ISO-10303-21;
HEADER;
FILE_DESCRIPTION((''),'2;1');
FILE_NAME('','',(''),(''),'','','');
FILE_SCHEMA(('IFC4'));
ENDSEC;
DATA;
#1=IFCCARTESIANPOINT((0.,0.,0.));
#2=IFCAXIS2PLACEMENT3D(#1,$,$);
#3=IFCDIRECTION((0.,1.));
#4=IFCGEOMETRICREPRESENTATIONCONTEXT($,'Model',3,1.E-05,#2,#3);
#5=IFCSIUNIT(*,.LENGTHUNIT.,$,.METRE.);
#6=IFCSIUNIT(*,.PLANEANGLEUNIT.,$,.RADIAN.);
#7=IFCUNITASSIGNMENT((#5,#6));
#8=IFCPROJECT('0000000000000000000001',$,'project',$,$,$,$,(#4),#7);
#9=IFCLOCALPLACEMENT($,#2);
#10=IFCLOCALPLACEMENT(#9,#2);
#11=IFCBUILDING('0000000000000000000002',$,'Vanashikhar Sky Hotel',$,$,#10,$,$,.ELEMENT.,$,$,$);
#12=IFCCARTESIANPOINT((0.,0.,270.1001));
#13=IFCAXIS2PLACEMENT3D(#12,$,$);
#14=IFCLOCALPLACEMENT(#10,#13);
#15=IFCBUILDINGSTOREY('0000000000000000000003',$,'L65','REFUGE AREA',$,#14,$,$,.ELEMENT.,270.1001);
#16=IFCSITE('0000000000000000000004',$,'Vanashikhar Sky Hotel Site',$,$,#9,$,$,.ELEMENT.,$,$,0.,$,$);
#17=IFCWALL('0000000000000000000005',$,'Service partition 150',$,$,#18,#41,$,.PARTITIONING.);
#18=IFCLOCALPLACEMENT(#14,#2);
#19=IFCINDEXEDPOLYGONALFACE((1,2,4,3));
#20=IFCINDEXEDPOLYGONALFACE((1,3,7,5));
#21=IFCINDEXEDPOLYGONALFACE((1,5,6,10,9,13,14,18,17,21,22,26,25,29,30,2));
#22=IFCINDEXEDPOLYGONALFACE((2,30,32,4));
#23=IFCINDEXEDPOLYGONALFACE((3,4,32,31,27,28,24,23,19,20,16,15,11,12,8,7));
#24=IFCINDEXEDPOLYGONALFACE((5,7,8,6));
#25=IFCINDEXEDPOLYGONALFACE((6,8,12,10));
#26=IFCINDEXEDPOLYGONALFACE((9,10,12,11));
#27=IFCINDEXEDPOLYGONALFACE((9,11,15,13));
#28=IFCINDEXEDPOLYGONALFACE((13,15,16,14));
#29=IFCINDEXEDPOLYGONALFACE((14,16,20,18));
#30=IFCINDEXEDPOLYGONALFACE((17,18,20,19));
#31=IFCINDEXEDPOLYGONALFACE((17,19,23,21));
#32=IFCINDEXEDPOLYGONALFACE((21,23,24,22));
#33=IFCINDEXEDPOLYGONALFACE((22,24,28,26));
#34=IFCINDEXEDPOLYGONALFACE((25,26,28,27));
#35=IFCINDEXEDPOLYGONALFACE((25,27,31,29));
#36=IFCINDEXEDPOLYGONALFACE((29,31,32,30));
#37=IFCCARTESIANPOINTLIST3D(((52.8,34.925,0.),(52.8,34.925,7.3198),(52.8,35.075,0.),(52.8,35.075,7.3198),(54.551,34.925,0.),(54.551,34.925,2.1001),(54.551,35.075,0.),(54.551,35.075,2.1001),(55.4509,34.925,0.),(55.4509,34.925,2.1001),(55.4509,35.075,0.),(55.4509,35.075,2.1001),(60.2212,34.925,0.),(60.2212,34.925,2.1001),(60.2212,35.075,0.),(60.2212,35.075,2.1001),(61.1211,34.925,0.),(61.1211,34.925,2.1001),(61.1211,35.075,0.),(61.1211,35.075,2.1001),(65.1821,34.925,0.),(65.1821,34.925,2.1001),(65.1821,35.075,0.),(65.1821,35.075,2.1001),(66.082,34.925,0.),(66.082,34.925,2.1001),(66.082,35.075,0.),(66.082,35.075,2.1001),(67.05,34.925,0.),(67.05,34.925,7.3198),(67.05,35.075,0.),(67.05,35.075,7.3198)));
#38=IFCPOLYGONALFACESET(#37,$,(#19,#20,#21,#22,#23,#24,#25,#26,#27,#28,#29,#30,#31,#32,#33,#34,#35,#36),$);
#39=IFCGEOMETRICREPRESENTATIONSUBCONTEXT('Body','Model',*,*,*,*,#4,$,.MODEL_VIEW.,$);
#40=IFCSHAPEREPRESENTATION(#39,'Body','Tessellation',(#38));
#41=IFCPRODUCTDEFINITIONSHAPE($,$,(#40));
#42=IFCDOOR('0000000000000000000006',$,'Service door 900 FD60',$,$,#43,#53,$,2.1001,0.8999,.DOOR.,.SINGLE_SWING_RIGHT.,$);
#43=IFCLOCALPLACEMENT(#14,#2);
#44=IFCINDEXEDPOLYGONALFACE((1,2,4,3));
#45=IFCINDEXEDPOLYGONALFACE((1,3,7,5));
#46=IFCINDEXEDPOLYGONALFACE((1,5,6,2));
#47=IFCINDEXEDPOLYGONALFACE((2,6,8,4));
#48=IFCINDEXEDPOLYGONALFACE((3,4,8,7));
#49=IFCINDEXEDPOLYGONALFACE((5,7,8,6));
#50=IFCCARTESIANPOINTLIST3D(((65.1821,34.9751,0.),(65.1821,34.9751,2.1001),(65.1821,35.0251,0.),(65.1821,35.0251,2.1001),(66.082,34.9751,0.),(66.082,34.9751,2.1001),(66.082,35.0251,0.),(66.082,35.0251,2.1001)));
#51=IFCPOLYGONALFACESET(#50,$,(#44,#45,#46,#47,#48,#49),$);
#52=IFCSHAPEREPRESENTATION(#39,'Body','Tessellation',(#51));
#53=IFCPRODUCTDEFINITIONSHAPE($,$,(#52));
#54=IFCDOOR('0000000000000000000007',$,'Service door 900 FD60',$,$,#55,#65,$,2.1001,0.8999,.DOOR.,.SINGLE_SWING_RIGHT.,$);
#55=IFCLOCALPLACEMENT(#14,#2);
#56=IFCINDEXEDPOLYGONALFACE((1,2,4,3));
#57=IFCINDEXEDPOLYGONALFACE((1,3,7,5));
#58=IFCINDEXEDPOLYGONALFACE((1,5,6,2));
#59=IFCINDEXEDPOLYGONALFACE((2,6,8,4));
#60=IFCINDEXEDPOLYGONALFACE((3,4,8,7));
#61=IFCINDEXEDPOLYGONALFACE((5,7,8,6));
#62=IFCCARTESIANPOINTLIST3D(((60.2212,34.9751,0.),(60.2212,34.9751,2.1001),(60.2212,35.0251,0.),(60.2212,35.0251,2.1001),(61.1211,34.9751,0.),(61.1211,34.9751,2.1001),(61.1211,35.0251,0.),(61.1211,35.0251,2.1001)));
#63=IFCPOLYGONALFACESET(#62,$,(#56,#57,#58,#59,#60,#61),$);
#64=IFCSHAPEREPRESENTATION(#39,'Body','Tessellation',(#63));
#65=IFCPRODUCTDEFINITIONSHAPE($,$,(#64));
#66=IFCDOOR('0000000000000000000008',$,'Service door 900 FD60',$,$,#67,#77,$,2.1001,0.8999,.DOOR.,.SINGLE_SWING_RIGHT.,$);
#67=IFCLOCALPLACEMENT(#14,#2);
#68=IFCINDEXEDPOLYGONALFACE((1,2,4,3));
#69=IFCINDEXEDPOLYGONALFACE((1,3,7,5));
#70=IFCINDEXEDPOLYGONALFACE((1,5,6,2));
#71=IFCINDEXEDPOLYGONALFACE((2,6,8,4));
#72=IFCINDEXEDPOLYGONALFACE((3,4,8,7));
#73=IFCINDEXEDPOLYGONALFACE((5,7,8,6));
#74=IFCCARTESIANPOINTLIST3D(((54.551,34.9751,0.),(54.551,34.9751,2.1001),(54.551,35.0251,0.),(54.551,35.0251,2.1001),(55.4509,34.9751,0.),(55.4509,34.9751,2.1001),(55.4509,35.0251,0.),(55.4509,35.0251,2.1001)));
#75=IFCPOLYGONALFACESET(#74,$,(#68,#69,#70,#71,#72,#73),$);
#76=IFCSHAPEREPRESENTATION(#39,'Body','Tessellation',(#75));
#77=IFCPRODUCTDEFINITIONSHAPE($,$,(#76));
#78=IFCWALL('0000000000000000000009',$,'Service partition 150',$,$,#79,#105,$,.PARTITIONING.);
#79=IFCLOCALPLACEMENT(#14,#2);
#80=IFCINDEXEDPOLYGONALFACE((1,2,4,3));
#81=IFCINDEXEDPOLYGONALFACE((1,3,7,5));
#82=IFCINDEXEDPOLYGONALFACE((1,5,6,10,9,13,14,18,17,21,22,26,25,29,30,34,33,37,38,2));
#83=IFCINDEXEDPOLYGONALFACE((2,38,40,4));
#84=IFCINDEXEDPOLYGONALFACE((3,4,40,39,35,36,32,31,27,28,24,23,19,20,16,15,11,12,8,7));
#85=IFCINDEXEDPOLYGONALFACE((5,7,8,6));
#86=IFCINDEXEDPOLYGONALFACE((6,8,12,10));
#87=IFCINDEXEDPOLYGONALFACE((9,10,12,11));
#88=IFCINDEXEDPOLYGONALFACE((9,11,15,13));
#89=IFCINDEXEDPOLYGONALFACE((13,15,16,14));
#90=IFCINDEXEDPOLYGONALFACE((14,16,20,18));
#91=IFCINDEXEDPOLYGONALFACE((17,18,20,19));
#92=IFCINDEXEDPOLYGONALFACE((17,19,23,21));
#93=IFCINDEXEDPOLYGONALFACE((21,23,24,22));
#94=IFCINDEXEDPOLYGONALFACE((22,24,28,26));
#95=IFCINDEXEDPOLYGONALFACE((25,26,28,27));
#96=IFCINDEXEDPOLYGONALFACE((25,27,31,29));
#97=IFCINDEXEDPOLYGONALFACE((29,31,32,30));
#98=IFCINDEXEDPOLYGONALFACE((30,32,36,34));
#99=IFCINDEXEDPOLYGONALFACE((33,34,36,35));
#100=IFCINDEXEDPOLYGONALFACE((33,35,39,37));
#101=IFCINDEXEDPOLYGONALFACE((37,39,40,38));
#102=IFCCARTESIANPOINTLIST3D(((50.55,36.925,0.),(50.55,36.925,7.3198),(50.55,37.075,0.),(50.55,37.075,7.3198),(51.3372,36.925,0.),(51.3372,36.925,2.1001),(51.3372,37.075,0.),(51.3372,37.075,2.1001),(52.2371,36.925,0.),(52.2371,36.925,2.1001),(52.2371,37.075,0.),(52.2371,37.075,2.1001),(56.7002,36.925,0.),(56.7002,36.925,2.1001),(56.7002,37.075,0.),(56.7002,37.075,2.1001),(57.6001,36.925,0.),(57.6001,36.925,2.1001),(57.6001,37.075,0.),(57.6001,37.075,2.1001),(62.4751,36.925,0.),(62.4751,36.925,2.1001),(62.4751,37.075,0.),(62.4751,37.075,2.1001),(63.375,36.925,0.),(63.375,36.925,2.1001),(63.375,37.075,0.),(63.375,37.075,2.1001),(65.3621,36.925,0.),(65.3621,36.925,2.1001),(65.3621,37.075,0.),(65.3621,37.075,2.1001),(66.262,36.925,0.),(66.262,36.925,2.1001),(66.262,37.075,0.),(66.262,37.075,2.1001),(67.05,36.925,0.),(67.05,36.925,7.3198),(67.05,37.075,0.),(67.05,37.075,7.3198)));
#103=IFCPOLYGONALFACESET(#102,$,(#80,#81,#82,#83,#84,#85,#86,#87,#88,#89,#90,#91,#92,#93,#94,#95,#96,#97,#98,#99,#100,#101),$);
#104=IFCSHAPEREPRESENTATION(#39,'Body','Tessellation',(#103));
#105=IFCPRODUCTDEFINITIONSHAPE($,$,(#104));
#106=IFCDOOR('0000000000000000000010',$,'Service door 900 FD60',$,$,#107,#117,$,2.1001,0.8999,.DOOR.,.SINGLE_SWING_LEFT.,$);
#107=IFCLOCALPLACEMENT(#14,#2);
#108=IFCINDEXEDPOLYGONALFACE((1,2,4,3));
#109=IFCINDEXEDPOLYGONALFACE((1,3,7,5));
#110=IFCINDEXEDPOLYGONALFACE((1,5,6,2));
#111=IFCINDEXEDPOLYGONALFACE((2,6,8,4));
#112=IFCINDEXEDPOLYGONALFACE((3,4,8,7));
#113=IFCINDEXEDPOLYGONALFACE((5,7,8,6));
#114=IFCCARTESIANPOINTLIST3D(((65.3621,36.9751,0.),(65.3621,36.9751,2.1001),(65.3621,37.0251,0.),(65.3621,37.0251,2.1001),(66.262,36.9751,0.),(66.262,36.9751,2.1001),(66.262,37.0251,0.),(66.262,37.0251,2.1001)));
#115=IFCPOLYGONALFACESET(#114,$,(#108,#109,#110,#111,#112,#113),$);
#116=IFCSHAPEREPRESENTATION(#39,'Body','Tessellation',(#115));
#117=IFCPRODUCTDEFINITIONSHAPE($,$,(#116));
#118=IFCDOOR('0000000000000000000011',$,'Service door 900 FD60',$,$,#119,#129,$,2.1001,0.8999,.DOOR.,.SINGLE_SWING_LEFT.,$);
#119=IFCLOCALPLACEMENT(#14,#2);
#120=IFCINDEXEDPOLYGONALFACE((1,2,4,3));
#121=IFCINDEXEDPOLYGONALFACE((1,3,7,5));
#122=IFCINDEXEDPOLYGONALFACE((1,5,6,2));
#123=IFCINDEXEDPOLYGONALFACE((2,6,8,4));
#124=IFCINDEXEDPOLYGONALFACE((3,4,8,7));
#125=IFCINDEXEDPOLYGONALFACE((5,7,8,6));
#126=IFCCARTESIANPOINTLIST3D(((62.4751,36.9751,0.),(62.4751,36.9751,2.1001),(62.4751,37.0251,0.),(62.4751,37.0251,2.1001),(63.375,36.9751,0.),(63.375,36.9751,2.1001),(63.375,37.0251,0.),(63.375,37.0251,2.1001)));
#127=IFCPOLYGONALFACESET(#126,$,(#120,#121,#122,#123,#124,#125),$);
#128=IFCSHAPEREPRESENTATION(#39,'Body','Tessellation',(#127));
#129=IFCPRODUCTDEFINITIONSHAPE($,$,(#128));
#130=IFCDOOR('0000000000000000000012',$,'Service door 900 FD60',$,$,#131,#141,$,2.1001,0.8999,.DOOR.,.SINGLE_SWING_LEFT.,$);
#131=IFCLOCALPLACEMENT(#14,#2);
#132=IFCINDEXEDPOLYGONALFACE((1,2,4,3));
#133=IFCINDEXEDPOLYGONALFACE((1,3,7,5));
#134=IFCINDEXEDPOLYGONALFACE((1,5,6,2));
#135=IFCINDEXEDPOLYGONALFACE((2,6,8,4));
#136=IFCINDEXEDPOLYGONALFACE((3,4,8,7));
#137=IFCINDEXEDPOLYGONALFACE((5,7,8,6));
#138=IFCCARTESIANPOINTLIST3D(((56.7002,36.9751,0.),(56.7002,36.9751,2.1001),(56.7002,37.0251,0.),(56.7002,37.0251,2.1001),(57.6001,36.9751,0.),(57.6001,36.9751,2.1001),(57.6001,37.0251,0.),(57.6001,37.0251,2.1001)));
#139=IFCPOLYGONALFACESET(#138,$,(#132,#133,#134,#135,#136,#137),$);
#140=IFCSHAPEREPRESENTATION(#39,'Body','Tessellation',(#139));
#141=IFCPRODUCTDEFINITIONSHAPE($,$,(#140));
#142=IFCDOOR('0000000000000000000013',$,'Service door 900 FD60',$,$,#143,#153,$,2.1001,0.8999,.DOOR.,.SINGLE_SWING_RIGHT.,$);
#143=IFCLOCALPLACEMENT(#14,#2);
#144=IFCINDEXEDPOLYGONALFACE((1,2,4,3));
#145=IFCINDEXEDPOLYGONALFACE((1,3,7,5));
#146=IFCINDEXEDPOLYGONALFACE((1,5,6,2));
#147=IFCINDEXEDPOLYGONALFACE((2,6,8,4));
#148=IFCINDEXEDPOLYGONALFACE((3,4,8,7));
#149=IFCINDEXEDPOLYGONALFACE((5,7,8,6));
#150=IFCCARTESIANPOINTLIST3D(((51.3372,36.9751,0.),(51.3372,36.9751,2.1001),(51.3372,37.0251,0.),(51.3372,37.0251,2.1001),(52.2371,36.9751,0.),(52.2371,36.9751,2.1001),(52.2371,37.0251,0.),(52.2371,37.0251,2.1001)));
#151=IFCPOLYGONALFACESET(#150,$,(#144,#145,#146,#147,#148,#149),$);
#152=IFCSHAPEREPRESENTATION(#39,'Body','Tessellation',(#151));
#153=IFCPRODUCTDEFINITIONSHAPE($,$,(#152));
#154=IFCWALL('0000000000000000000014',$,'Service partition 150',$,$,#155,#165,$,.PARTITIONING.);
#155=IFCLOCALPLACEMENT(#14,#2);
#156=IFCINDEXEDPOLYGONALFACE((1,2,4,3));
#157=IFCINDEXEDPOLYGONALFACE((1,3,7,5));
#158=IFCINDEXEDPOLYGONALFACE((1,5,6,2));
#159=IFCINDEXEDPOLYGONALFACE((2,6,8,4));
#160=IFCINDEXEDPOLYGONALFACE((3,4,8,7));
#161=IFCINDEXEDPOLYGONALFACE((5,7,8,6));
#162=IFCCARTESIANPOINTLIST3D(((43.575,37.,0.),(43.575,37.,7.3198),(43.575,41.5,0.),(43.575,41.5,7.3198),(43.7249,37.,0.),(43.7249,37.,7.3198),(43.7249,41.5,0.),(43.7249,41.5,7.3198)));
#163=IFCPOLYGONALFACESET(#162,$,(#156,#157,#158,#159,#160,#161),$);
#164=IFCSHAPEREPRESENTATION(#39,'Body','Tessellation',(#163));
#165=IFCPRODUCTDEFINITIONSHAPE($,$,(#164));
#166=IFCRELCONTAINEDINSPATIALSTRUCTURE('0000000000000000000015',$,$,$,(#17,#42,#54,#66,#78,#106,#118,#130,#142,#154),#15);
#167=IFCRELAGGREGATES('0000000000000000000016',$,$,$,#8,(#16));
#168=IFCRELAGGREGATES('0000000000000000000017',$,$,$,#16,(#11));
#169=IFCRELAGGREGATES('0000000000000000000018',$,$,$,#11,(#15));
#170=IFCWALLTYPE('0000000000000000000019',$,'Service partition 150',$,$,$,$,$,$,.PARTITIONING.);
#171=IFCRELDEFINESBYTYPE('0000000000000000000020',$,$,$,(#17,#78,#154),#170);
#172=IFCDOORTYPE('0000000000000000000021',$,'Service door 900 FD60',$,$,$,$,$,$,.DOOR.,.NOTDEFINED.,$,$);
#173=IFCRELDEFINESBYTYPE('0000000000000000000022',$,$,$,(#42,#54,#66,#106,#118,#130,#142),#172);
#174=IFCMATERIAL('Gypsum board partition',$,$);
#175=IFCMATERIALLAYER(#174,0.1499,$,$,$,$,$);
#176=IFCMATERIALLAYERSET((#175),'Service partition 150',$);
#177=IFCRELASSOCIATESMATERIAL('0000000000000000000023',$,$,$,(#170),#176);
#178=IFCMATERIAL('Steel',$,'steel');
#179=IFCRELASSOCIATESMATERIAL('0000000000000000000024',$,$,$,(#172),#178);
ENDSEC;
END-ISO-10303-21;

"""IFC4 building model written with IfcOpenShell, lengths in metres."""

from ifc_helpers import new_model, si_unit, direction, frame, frame_2d, origin, place, context, subcontext, project, spatial, rectangle, extrude, source, transform, mapped, material, layer, layer_set, type_object, element, fill, save


model = new_model("IFC4")

# Units and contexts
model_context = context("Model", 3, precision=1e-05, world=origin(), true_north=direction((0.0, 1.0)))
body_context = subcontext(model_context, "Body", "Model", "MODEL_VIEW")
ifc_project = project(units=[si_unit("LENGTHUNIT", "METRE"), si_unit("PLANEANGLEUNIT", "RADIAN")], contexts=[model_context])

# Site, building, storey
site_placement = place(None, origin())
site = spatial("IfcSite", under=ifc_project, at=site_placement, Name="Vanashikhar Sky Hotel Site", CompositionType="ELEMENT", RefElevation=0.0)
building_placement = place(site_placement, origin())
building = spatial("IfcBuilding", under=site, at=building_placement, Name="Vanashikhar Sky Hotel", CompositionType="ELEMENT")
storey_placement = place(building_placement, frame((0.0, 0.0, 270.1001)))
storey = spatial("IfcBuildingStorey", under=building, at=storey_placement, Name="L65", Description="REFUGE AREA", CompositionType="ELEMENT", Elevation=270.1001)

# Shared definitions
ifc_material_1 = material(Name="Steel", Category="steel")

# Shared definitions
ifc_material_2 = material(Name="Gypsum board partition")
ifc_layer_1 = layer(ifc_material_2, 0.1499)
ifc_layer_set_1 = layer_set([ifc_layer_1], Name="Service partition 150")
wall_type_1 = type_object("IfcWallType", Name="Service partition 150", PredefinedType="PARTITIONING", material=ifc_layer_set_1)

# Walls, openings, doors
shared_shape_1 = source(origin(), body_context, "Body", "SweptSolid", [
    extrude(rectangle(XDim=14.25, YDim=0.1499, at=frame_2d((7.125, 0.0))), origin(), (0.0, 0.0, 1.0), 7.3198),
])
wall_1_placement = place(storey_placement, frame((67.05, 35.0, 0.0), z_axis=(0.0, 0.0, 1.0), x_axis=(-1.0, 0.0, 0.0)))
wall_1 = element("IfcWall", 1, at=wall_1_placement, inside=storey, type_object=wall_type_1, Name="Service partition 150", PredefinedType="PARTITIONING", context=body_context, shape_type="MappedRepresentation", body=[
    mapped(shared_shape_1, transform((0.0, 0.0, 0.0), scale=1.0)),
])
shared_shape_2 = source(origin(), body_context, "Body", "SweptSolid", [
    extrude(rectangle(XDim=0.8999, YDim=2.1001, at=frame_2d((0.45, 1.05))), frame((0.0, 0.085, 0.0), z_axis=(0.0, -1.0, 0.0), x_axis=(1.0, 0.0, 0.0)), (0.0, 0.0, 1.0), 0.1699),
])
opening_1_placement = place(wall_1_placement, frame((0.968, 0.0, 0.0)))
opening_1 = element("IfcOpeningElement", 2, at=opening_1_placement, cuts=wall_1, PredefinedType="OPENING", context=body_context, shape_type="MappedRepresentation", body=[
    mapped(shared_shape_2, transform((0.0, 0.0, 0.0), scale=1.0)),
])
opening_2_placement = place(wall_1_placement, frame((5.929, 0.0, 0.0)))
opening_2 = element("IfcOpeningElement", 3, at=opening_2_placement, cuts=wall_1, PredefinedType="OPENING", context=body_context, shape_type="MappedRepresentation", body=[
    mapped(shared_shape_2, transform((0.0, 0.0, 0.0), scale=1.0)),
])
opening_3_placement = place(wall_1_placement, frame((11.5991, 0.0, 0.0)))
opening_3 = element("IfcOpeningElement", 4, at=opening_3_placement, cuts=wall_1, PredefinedType="OPENING", context=body_context, shape_type="MappedRepresentation", body=[
    mapped(shared_shape_2, transform((0.0, 0.0, 0.0), scale=1.0)),
])
door_type_1 = type_object("IfcDoorType", Name="Service door 900 FD60", OperationType="NOTDEFINED", PredefinedType="DOOR", material=ifc_material_1)
shared_shape_3 = source(origin(), body_context, "Body", "SweptSolid", [
    extrude(rectangle(XDim=0.8999, YDim=2.1001, at=frame_2d((0.45, 1.05))), frame((0.0, 0.0249, 0.0), z_axis=(0.0, -1.0, 0.0), x_axis=(1.0, 0.0, 0.0)), (0.0, 0.0, 1.0), 0.05),
])
door_1_placement = place(opening_1_placement, origin())
door_1 = element("IfcDoor", 5, at=door_1_placement, inside=storey, type_object=door_type_1, Name="Service door 900 FD60", OperationType="SINGLE_SWING_RIGHT", OverallHeight=2.1001, OverallWidth=0.8999, PredefinedType="DOOR", context=body_context, shape_type="MappedRepresentation", body=[
    mapped(shared_shape_3, transform((0.0, 0.0, 0.0), scale=1.0)),
])
fill(opening_1, door_1)
door_2_placement = place(opening_2_placement, origin())
door_2 = element("IfcDoor", 6, at=door_2_placement, inside=storey, type_object=door_type_1, Name="Service door 900 FD60", OperationType="SINGLE_SWING_RIGHT", OverallHeight=2.1001, OverallWidth=0.8999, PredefinedType="DOOR", context=body_context, shape_type="MappedRepresentation", body=[
    mapped(shared_shape_3, transform((0.0, 0.0, 0.0), scale=1.0)),
])
fill(opening_2, door_2)
door_3_placement = place(opening_3_placement, origin())
door_3 = element("IfcDoor", 7, at=door_3_placement, inside=storey, type_object=door_type_1, Name="Service door 900 FD60", OperationType="SINGLE_SWING_RIGHT", OverallHeight=2.1001, OverallWidth=0.8999, PredefinedType="DOOR", context=body_context, shape_type="MappedRepresentation", body=[
    mapped(shared_shape_3, transform((0.0, 0.0, 0.0), scale=1.0)),
])
fill(opening_3, door_3)
shared_shape_4 = source(origin(), body_context, "Body", "SweptSolid", [
    extrude(rectangle(XDim=16.5, YDim=0.1499, at=frame_2d((8.25, 0.0))), origin(), (0.0, 0.0, 1.0), 7.3198),
])
wall_2_placement = place(storey_placement, frame((67.05, 37.0, 0.0), z_axis=(0.0, 0.0, 1.0), x_axis=(-1.0, 0.0, 0.0)))
wall_2 = element("IfcWall", 8, at=wall_2_placement, inside=storey, type_object=wall_type_1, Name="Service partition 150", PredefinedType="PARTITIONING", context=body_context, shape_type="MappedRepresentation", body=[
    mapped(shared_shape_4, transform((0.0, 0.0, 0.0), scale=1.0)),
])
opening_4_placement = place(wall_2_placement, frame((0.7881, 0.0, 0.0)))
opening_4 = element("IfcOpeningElement", 9, at=opening_4_placement, cuts=wall_2, PredefinedType="OPENING", context=body_context, shape_type="MappedRepresentation", body=[
    mapped(shared_shape_2, transform((0.0, 0.0, 0.0), scale=1.0)),
])
opening_5_placement = place(wall_2_placement, frame((3.675, 0.0, 0.0)))
opening_5 = element("IfcOpeningElement", 10, at=opening_5_placement, cuts=wall_2, PredefinedType="OPENING", context=body_context, shape_type="MappedRepresentation", body=[
    mapped(shared_shape_2, transform((0.0, 0.0, 0.0), scale=1.0)),
])
opening_6_placement = place(wall_2_placement, frame((9.45, 0.0, 0.0)))
opening_6 = element("IfcOpeningElement", 11, at=opening_6_placement, cuts=wall_2, PredefinedType="OPENING", context=body_context, shape_type="MappedRepresentation", body=[
    mapped(shared_shape_2, transform((0.0, 0.0, 0.0), scale=1.0)),
])
opening_7_placement = place(wall_2_placement, frame((14.813, 0.0, 0.0)))
opening_7 = element("IfcOpeningElement", 12, at=opening_7_placement, cuts=wall_2, PredefinedType="OPENING", context=body_context, shape_type="MappedRepresentation", body=[
    mapped(shared_shape_2, transform((0.0, 0.0, 0.0), scale=1.0)),
])
door_4_placement = place(opening_4_placement, origin())
door_4 = element("IfcDoor", 13, at=door_4_placement, inside=storey, type_object=door_type_1, Name="Service door 900 FD60", OperationType="SINGLE_SWING_LEFT", OverallHeight=2.1001, OverallWidth=0.8999, PredefinedType="DOOR", context=body_context, shape_type="MappedRepresentation", body=[
    mapped(shared_shape_3, transform((0.0, 0.0, 0.0), scale=1.0)),
])
fill(opening_4, door_4)
door_5_placement = place(opening_5_placement, origin())
door_5 = element("IfcDoor", 14, at=door_5_placement, inside=storey, type_object=door_type_1, Name="Service door 900 FD60", OperationType="SINGLE_SWING_LEFT", OverallHeight=2.1001, OverallWidth=0.8999, PredefinedType="DOOR", context=body_context, shape_type="MappedRepresentation", body=[
    mapped(shared_shape_3, transform((0.0, 0.0, 0.0), scale=1.0)),
])
fill(opening_5, door_5)
door_6_placement = place(opening_6_placement, origin())
door_6 = element("IfcDoor", 15, at=door_6_placement, inside=storey, type_object=door_type_1, Name="Service door 900 FD60", OperationType="SINGLE_SWING_LEFT", OverallHeight=2.1001, OverallWidth=0.8999, PredefinedType="DOOR", context=body_context, shape_type="MappedRepresentation", body=[
    mapped(shared_shape_3, transform((0.0, 0.0, 0.0), scale=1.0)),
])
fill(opening_6, door_6)
door_7_placement = place(opening_7_placement, origin())
door_7 = element("IfcDoor", 16, at=door_7_placement, inside=storey, type_object=door_type_1, Name="Service door 900 FD60", OperationType="SINGLE_SWING_RIGHT", OverallHeight=2.1001, OverallWidth=0.8999, PredefinedType="DOOR", context=body_context, shape_type="MappedRepresentation", body=[
    mapped(shared_shape_3, transform((0.0, 0.0, 0.0), scale=1.0)),
])
fill(opening_7, door_7)

# Wall
shared_shape_5 = source(origin(), body_context, "Body", "SweptSolid", [
    extrude(rectangle(XDim=4.5, YDim=0.1499, at=frame_2d((2.25, 0.0))), origin(), (0.0, 0.0, 1.0), 7.3198),
])
for number, where, z_axis, x_axis, name in (
    (17, (43.6499, 37.0, 0.0), (0.0, 0.0, 1.0), (0.0, 1.0, 0.0), "Service partition 150"),
):
    element("IfcWall", number, at=place(storey_placement, frame(where, z_axis=z_axis, x_axis=x_axis)), inside=storey, type_object=wall_type_1, Name=name, PredefinedType="PARTITIONING", context=body_context, shape_type="MappedRepresentation", body=[
        mapped(shared_shape_5, transform((0.0, 0.0, 0.0), scale=1.0)),
    ])

save(model, "model.ifc")
